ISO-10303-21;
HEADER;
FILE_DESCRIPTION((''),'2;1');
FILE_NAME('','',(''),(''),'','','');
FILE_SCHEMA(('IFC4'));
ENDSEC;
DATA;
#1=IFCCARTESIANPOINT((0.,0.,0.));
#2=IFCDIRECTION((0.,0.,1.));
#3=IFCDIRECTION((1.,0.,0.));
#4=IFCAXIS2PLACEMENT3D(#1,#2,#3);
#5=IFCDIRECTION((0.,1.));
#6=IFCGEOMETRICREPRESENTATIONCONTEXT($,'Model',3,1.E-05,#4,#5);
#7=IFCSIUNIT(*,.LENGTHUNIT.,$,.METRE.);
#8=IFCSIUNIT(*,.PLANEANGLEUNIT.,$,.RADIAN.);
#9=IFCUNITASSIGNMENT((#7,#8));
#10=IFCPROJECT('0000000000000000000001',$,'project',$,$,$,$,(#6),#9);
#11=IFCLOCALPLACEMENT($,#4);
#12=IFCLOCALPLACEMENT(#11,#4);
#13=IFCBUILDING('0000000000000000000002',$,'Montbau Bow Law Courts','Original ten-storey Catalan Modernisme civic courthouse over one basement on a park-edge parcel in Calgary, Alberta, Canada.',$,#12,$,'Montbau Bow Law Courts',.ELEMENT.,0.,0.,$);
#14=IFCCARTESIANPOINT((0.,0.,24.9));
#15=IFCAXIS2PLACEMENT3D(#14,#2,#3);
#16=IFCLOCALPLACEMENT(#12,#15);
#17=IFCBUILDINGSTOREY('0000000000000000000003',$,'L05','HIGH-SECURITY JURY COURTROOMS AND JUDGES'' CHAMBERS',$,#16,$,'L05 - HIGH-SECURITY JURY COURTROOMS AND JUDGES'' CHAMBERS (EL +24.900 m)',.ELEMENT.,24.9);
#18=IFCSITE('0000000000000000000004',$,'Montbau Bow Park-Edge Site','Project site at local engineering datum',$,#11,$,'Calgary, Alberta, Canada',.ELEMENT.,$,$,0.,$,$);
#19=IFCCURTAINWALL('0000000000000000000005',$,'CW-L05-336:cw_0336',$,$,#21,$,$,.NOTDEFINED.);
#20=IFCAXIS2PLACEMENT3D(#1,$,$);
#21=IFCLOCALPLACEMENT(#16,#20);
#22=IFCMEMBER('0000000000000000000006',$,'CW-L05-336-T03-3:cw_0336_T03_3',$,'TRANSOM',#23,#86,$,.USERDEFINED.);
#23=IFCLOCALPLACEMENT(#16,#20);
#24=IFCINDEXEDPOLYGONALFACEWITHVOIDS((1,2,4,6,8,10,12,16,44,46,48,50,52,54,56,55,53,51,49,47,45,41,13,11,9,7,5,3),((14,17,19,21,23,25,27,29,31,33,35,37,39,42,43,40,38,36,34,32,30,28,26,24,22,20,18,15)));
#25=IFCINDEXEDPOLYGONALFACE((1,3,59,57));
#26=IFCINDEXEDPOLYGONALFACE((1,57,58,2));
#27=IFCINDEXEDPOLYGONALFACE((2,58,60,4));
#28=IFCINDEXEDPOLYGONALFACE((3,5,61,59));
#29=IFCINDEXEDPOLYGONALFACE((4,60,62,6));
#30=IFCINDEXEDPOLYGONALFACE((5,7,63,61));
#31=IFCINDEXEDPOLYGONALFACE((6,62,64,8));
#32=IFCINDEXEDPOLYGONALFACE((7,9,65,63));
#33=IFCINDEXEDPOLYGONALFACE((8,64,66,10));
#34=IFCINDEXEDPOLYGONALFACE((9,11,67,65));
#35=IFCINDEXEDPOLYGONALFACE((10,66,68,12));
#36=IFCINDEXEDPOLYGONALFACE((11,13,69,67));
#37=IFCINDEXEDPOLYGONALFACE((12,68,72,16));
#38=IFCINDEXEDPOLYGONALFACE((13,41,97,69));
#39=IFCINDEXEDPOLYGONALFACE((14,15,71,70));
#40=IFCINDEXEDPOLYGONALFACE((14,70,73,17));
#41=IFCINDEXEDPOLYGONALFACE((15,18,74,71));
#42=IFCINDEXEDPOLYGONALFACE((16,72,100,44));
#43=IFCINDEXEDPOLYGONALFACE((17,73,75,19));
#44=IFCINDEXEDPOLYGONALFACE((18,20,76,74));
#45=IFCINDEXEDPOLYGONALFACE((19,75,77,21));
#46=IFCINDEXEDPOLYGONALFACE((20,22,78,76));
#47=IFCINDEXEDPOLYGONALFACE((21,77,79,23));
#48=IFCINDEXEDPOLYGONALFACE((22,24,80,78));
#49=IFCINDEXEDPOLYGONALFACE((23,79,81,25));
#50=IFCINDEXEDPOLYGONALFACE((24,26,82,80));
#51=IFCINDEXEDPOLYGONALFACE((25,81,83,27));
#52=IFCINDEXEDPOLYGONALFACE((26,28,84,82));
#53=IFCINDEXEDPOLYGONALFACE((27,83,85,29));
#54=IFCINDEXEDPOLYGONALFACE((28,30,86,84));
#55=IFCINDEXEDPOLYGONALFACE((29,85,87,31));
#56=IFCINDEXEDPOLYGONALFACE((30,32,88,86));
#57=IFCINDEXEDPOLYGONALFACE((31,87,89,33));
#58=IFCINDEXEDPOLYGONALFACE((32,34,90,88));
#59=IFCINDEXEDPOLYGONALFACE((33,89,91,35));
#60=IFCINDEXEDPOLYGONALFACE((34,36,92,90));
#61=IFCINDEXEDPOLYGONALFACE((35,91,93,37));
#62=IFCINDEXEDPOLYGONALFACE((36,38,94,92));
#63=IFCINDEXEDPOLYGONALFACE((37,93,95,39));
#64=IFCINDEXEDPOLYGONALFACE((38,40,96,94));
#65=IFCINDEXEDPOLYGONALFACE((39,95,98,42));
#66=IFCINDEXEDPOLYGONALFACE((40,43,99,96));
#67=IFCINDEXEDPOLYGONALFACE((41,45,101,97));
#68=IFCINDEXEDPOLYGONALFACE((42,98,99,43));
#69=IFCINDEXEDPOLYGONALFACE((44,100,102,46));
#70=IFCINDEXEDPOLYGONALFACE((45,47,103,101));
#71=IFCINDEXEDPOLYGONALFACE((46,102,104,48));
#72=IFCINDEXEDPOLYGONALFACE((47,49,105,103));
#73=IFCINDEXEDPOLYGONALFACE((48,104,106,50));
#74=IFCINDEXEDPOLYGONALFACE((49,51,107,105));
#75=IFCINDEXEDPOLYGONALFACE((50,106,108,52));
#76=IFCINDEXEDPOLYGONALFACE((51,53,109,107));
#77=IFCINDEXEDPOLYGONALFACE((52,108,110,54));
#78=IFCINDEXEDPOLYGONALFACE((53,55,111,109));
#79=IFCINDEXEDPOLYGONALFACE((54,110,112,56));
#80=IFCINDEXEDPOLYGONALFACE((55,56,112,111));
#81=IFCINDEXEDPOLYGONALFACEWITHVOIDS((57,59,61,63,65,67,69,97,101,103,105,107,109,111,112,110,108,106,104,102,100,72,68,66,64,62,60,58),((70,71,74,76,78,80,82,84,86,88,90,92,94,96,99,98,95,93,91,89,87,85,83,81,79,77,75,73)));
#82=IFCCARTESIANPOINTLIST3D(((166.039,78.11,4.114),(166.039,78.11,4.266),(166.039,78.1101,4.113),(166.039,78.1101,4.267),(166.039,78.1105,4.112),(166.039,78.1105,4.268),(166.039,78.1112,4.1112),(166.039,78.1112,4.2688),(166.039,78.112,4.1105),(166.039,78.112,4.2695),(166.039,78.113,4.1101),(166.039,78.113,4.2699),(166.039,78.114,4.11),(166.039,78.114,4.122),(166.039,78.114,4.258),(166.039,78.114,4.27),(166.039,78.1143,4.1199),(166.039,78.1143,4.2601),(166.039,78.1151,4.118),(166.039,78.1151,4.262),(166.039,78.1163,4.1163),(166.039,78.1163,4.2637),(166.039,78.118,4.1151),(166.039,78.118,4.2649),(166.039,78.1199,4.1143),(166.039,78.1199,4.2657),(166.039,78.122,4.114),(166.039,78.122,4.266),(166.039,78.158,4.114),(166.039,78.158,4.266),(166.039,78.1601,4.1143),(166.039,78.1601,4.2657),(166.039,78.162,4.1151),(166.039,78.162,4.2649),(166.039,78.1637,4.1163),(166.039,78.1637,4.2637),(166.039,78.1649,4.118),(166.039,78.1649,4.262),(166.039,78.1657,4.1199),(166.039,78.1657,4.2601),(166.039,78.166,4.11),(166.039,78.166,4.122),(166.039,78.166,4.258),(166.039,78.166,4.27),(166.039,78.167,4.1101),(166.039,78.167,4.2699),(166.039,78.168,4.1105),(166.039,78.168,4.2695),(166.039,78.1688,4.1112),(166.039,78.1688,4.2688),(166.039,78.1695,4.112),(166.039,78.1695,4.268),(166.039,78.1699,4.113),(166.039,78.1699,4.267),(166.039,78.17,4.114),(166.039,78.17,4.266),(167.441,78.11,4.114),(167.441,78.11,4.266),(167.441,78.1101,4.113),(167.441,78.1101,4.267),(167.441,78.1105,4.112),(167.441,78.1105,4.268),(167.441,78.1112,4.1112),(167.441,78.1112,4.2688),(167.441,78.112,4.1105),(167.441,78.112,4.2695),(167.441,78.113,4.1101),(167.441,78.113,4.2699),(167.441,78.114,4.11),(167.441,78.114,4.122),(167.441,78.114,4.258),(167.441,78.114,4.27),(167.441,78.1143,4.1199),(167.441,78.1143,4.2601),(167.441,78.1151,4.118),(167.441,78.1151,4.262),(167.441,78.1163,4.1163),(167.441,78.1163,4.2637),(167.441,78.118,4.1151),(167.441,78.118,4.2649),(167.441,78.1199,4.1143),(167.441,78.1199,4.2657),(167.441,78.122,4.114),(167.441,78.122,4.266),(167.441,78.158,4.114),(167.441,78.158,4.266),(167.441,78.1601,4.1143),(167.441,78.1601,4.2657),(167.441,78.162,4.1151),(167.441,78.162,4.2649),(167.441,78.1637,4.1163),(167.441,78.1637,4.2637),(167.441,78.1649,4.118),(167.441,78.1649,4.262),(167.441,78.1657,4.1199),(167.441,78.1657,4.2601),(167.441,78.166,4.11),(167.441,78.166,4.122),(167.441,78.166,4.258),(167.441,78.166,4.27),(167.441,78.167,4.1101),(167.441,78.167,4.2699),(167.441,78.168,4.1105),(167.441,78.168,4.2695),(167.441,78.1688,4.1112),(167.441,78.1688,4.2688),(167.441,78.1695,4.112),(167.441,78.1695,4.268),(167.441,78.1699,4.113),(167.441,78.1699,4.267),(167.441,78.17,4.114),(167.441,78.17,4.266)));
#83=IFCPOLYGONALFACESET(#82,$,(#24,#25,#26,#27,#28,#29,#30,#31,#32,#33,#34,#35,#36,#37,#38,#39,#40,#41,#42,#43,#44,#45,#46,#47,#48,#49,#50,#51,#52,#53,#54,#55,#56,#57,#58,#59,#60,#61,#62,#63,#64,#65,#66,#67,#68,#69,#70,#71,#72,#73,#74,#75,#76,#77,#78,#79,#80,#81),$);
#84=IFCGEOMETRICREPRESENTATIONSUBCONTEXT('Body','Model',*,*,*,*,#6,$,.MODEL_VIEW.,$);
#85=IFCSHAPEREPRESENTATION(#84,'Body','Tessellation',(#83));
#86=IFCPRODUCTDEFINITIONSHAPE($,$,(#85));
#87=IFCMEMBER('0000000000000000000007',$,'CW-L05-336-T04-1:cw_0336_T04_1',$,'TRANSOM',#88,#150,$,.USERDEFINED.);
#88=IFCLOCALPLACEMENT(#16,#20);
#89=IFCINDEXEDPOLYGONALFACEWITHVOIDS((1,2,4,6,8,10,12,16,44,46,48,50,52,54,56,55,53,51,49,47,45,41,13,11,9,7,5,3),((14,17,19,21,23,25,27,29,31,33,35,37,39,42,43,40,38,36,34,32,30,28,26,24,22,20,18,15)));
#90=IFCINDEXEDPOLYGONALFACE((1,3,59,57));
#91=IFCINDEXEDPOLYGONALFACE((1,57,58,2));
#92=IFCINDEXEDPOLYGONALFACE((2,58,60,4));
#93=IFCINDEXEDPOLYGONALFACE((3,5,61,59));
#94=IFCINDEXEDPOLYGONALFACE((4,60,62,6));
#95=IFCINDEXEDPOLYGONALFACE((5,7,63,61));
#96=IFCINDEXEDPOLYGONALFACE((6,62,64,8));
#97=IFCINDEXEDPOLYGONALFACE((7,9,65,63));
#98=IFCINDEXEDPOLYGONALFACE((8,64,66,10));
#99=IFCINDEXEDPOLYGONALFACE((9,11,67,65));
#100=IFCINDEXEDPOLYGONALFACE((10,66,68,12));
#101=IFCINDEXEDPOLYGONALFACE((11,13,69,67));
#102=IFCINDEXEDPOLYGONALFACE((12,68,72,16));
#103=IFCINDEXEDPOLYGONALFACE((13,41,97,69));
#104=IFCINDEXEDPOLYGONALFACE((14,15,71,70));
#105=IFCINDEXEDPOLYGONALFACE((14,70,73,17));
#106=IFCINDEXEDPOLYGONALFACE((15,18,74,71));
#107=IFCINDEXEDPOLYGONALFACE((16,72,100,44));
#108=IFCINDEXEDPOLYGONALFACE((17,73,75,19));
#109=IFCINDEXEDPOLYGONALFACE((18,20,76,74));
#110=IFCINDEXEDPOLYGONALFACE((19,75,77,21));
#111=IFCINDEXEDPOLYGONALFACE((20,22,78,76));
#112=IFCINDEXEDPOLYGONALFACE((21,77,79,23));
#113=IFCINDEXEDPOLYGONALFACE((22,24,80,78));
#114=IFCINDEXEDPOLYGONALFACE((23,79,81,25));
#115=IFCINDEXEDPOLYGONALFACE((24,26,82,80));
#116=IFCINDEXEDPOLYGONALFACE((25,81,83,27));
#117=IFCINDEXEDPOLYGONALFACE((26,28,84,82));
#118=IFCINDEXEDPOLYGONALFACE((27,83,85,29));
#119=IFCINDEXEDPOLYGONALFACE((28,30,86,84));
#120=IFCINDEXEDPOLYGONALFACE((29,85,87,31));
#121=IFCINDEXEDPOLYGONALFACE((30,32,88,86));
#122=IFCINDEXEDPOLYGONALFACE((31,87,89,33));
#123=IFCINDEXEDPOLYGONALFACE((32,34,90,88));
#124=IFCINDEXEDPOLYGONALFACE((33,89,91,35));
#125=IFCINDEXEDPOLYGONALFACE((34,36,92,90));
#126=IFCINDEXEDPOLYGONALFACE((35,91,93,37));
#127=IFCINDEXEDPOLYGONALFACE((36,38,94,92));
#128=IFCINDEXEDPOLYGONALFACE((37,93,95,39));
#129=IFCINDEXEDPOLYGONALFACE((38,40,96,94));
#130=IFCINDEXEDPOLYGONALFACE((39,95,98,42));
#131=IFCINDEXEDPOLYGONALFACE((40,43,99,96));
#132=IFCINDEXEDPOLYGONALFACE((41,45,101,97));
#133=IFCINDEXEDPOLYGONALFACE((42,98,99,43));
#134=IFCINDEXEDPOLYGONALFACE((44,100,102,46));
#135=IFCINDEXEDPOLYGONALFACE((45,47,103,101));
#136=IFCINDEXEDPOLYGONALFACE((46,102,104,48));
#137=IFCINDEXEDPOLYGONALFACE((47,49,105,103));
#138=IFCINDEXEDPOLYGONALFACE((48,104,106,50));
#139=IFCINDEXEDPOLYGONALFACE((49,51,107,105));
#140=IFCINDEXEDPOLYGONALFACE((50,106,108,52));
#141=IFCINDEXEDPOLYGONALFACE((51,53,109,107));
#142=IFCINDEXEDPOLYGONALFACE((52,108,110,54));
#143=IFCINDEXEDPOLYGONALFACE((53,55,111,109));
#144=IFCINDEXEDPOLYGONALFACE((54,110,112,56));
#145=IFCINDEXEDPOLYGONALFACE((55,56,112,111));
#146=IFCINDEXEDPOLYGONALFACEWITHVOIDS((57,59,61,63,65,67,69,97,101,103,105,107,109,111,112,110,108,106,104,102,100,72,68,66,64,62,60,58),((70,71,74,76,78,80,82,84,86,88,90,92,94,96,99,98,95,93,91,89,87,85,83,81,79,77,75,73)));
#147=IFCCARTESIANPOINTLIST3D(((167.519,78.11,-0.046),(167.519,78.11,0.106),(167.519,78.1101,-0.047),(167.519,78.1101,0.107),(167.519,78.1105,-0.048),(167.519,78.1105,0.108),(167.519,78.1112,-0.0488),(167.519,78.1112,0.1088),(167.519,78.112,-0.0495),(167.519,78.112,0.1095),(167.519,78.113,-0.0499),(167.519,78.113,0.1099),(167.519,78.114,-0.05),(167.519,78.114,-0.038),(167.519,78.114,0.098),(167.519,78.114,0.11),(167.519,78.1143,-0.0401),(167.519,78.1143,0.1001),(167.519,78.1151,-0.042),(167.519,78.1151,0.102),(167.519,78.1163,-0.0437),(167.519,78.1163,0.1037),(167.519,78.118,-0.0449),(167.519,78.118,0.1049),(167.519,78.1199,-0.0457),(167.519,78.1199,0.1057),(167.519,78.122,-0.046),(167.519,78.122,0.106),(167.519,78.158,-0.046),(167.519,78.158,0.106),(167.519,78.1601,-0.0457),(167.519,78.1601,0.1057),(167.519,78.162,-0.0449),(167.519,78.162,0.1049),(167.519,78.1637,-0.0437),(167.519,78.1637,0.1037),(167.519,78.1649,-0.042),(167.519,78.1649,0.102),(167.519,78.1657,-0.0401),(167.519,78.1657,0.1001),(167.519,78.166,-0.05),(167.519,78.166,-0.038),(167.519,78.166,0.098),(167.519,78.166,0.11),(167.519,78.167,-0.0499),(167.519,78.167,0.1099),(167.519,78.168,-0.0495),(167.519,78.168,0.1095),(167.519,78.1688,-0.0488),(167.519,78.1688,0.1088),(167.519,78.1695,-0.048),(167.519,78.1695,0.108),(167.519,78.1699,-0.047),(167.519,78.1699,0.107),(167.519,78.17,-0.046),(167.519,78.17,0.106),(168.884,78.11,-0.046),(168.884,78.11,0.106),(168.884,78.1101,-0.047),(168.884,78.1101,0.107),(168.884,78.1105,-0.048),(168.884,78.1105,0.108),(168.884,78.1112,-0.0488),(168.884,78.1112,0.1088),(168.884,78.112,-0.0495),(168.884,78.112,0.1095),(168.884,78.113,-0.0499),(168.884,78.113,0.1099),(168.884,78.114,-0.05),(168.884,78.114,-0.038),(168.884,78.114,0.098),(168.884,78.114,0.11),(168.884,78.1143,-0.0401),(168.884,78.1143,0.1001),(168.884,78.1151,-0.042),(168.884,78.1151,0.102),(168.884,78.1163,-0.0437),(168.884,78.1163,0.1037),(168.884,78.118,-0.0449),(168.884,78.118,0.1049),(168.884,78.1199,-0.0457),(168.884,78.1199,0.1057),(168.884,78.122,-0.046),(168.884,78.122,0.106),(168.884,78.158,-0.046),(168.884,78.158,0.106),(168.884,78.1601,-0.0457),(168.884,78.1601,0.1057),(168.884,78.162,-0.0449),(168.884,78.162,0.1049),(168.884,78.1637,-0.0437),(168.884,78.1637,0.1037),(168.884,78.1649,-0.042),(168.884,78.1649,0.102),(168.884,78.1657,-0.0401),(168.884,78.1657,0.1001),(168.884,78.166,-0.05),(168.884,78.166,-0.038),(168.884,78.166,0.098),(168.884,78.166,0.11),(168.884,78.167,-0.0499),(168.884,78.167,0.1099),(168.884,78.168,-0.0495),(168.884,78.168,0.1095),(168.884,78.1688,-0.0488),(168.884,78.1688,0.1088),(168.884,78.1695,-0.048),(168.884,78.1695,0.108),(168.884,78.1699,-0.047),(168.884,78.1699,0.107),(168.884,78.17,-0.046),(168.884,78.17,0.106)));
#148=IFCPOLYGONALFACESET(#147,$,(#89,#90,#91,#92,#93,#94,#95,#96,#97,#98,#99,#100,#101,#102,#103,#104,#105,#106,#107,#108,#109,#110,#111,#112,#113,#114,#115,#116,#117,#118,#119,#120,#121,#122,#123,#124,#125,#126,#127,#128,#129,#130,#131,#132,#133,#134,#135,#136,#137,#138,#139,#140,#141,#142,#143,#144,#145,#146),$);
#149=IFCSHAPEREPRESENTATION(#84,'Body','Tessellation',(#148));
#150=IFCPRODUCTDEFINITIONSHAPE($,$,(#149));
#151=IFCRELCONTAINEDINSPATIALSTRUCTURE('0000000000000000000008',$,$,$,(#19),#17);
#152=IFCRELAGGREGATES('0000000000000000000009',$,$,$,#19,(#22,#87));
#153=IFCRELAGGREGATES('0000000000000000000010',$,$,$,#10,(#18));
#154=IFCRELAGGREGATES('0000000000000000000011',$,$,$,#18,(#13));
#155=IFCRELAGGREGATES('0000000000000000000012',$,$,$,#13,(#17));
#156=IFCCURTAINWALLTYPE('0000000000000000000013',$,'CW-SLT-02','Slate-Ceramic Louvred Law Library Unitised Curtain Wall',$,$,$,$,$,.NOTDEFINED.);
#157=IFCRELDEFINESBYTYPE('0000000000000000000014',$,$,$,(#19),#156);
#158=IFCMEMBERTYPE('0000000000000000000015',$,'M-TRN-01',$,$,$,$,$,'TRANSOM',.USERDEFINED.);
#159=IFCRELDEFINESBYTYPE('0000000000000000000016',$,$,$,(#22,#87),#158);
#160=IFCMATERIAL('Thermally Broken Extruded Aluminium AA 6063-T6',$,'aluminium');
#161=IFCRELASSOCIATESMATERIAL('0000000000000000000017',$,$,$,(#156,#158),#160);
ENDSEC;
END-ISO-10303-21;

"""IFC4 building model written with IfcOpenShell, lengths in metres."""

from ifc_helpers import new_model, si_unit, direction, frame, origin_with_axes, origin_2d_with_axis, place, context, subcontext, project, spatial, hollow_rectangle, extrude, material, material_profile, profile_set, type_object, element, aggregate, save


model = new_model("IFC4")

# Units and contexts
model_context = context("Model", 3, precision=1e-05, world=origin_with_axes(), true_north=direction((0.0, 1.0)))
body_context = subcontext(model_context, "Body", "Model", "MODEL_VIEW")
ifc_project = project(units=[si_unit("LENGTHUNIT", "METRE"), si_unit("PLANEANGLEUNIT", "RADIAN")], contexts=[model_context])

# Site, building, storey
site_placement = place(None, origin_with_axes())
site = spatial("IfcSite", under=ifc_project, at=site_placement, Name="Montbau Bow Park-Edge Site", Description="Project site at local engineering datum", LongName="Calgary, Alberta, Canada", CompositionType="ELEMENT", RefElevation=0.0)
building_placement = place(site_placement, origin_with_axes())
building = spatial("IfcBuilding", under=site, at=building_placement, Name="Montbau Bow Law Courts", Description="Original ten-storey Catalan Modernisme civic courthouse over one basement on a park-edge parcel in Calgary, Alberta, Canada.", LongName="Montbau Bow Law Courts", CompositionType="ELEMENT", ElevationOfRefHeight=0.0, ElevationOfTerrain=0.0)
storey_placement = place(building_placement, frame((0.0, 0.0, 24.9), z_axis=(0.0, 0.0, 1.0), x_axis=(1.0, 0.0, 0.0)))
storey = spatial("IfcBuildingStorey", under=building, at=storey_placement, Name="L05", Description="HIGH-SECURITY JURY COURTROOMS AND JUDGES' CHAMBERS", LongName="L05 - HIGH-SECURITY JURY COURTROOMS AND JUDGES' CHAMBERS (EL +24.900 m)", CompositionType="ELEMENT", Elevation=24.9)

# Curtain wall, members
ifc_material_1 = material(Name="Thermally Broken Extruded Aluminium AA 6063-T6", Category="aluminium")
curtain_wall_type = type_object("IfcCurtainWallType", Name="CW-SLT-02", Description="Slate-Ceramic Louvred Law Library Unitised Curtain Wall", PredefinedType="NOTDEFINED", material=ifc_material_1)
curtain_wall_placement = place(None, frame((163.04, 78.14, 24.9), z_axis=(0.0, 0.0, 1.0), x_axis=(1.0, 0.0, 0.0)))
curtain_wall = element("IfcCurtainWall", 1, at=curtain_wall_placement, inside=storey, type_object=curtain_wall_type, Name="CW-L05-336:cw_0336", PredefinedType="NOTDEFINED")
ifc_material_profile_1 = material_profile(ifc_material_1, hollow_rectangle(XDim=0.06, YDim=0.16, WallThickness=0.004, InnerFilletRadius=0.008, OuterFilletRadius=0.004, at=origin_2d_with_axis()), Name="CWT-160X60", Category="Main", Priority=0)
ifc_profile_set_1 = profile_set([ifc_material_profile_1], Name="Thermally Broken Extruded Aluminium AA 6063-T6")
member_type_1 = type_object("IfcMemberType", Name="M-TRN-01", ElementType="TRANSOM", PredefinedType="USERDEFINED", material=ifc_profile_set_1)
member_1_placement = place(None, frame((166.039, 78.14, 29.09), z_axis=(1.0, 0.0, 0.0), x_axis=(0.0, 1.0, 0.0)))
member_1 = element("IfcMember", 2, at=member_1_placement, type_object=member_type_1, Name="CW-L05-336-T03-3:cw_0336_T03_3", ObjectType="TRANSOM", PredefinedType="USERDEFINED", context=body_context, shape_type="SweptSolid", body=[
    extrude(hollow_rectangle(XDim=0.06, YDim=0.16, WallThickness=0.004, InnerFilletRadius=0.008, OuterFilletRadius=0.004, at=origin_2d_with_axis()), origin_with_axes(), (0.0, 0.0, 1.0), 1.402),
])
member_2_placement = place(None, frame((167.519, 78.14, 24.93), z_axis=(1.0, 0.0, 0.0), x_axis=(0.0, 1.0, 0.0)))
member_2 = element("IfcMember", 3, at=member_2_placement, type_object=member_type_1, Name="CW-L05-336-T04-1:cw_0336_T04_1", ObjectType="TRANSOM", PredefinedType="USERDEFINED", context=body_context, shape_type="SweptSolid", body=[
    extrude(hollow_rectangle(XDim=0.06, YDim=0.16, WallThickness=0.004, InnerFilletRadius=0.008, OuterFilletRadius=0.004, at=origin_2d_with_axis()), origin_with_axes(), (0.0, 0.0, 1.0), 1.365),
])
aggregate(curtain_wall, [member_1, member_2])

save(model, "model.ifc")
